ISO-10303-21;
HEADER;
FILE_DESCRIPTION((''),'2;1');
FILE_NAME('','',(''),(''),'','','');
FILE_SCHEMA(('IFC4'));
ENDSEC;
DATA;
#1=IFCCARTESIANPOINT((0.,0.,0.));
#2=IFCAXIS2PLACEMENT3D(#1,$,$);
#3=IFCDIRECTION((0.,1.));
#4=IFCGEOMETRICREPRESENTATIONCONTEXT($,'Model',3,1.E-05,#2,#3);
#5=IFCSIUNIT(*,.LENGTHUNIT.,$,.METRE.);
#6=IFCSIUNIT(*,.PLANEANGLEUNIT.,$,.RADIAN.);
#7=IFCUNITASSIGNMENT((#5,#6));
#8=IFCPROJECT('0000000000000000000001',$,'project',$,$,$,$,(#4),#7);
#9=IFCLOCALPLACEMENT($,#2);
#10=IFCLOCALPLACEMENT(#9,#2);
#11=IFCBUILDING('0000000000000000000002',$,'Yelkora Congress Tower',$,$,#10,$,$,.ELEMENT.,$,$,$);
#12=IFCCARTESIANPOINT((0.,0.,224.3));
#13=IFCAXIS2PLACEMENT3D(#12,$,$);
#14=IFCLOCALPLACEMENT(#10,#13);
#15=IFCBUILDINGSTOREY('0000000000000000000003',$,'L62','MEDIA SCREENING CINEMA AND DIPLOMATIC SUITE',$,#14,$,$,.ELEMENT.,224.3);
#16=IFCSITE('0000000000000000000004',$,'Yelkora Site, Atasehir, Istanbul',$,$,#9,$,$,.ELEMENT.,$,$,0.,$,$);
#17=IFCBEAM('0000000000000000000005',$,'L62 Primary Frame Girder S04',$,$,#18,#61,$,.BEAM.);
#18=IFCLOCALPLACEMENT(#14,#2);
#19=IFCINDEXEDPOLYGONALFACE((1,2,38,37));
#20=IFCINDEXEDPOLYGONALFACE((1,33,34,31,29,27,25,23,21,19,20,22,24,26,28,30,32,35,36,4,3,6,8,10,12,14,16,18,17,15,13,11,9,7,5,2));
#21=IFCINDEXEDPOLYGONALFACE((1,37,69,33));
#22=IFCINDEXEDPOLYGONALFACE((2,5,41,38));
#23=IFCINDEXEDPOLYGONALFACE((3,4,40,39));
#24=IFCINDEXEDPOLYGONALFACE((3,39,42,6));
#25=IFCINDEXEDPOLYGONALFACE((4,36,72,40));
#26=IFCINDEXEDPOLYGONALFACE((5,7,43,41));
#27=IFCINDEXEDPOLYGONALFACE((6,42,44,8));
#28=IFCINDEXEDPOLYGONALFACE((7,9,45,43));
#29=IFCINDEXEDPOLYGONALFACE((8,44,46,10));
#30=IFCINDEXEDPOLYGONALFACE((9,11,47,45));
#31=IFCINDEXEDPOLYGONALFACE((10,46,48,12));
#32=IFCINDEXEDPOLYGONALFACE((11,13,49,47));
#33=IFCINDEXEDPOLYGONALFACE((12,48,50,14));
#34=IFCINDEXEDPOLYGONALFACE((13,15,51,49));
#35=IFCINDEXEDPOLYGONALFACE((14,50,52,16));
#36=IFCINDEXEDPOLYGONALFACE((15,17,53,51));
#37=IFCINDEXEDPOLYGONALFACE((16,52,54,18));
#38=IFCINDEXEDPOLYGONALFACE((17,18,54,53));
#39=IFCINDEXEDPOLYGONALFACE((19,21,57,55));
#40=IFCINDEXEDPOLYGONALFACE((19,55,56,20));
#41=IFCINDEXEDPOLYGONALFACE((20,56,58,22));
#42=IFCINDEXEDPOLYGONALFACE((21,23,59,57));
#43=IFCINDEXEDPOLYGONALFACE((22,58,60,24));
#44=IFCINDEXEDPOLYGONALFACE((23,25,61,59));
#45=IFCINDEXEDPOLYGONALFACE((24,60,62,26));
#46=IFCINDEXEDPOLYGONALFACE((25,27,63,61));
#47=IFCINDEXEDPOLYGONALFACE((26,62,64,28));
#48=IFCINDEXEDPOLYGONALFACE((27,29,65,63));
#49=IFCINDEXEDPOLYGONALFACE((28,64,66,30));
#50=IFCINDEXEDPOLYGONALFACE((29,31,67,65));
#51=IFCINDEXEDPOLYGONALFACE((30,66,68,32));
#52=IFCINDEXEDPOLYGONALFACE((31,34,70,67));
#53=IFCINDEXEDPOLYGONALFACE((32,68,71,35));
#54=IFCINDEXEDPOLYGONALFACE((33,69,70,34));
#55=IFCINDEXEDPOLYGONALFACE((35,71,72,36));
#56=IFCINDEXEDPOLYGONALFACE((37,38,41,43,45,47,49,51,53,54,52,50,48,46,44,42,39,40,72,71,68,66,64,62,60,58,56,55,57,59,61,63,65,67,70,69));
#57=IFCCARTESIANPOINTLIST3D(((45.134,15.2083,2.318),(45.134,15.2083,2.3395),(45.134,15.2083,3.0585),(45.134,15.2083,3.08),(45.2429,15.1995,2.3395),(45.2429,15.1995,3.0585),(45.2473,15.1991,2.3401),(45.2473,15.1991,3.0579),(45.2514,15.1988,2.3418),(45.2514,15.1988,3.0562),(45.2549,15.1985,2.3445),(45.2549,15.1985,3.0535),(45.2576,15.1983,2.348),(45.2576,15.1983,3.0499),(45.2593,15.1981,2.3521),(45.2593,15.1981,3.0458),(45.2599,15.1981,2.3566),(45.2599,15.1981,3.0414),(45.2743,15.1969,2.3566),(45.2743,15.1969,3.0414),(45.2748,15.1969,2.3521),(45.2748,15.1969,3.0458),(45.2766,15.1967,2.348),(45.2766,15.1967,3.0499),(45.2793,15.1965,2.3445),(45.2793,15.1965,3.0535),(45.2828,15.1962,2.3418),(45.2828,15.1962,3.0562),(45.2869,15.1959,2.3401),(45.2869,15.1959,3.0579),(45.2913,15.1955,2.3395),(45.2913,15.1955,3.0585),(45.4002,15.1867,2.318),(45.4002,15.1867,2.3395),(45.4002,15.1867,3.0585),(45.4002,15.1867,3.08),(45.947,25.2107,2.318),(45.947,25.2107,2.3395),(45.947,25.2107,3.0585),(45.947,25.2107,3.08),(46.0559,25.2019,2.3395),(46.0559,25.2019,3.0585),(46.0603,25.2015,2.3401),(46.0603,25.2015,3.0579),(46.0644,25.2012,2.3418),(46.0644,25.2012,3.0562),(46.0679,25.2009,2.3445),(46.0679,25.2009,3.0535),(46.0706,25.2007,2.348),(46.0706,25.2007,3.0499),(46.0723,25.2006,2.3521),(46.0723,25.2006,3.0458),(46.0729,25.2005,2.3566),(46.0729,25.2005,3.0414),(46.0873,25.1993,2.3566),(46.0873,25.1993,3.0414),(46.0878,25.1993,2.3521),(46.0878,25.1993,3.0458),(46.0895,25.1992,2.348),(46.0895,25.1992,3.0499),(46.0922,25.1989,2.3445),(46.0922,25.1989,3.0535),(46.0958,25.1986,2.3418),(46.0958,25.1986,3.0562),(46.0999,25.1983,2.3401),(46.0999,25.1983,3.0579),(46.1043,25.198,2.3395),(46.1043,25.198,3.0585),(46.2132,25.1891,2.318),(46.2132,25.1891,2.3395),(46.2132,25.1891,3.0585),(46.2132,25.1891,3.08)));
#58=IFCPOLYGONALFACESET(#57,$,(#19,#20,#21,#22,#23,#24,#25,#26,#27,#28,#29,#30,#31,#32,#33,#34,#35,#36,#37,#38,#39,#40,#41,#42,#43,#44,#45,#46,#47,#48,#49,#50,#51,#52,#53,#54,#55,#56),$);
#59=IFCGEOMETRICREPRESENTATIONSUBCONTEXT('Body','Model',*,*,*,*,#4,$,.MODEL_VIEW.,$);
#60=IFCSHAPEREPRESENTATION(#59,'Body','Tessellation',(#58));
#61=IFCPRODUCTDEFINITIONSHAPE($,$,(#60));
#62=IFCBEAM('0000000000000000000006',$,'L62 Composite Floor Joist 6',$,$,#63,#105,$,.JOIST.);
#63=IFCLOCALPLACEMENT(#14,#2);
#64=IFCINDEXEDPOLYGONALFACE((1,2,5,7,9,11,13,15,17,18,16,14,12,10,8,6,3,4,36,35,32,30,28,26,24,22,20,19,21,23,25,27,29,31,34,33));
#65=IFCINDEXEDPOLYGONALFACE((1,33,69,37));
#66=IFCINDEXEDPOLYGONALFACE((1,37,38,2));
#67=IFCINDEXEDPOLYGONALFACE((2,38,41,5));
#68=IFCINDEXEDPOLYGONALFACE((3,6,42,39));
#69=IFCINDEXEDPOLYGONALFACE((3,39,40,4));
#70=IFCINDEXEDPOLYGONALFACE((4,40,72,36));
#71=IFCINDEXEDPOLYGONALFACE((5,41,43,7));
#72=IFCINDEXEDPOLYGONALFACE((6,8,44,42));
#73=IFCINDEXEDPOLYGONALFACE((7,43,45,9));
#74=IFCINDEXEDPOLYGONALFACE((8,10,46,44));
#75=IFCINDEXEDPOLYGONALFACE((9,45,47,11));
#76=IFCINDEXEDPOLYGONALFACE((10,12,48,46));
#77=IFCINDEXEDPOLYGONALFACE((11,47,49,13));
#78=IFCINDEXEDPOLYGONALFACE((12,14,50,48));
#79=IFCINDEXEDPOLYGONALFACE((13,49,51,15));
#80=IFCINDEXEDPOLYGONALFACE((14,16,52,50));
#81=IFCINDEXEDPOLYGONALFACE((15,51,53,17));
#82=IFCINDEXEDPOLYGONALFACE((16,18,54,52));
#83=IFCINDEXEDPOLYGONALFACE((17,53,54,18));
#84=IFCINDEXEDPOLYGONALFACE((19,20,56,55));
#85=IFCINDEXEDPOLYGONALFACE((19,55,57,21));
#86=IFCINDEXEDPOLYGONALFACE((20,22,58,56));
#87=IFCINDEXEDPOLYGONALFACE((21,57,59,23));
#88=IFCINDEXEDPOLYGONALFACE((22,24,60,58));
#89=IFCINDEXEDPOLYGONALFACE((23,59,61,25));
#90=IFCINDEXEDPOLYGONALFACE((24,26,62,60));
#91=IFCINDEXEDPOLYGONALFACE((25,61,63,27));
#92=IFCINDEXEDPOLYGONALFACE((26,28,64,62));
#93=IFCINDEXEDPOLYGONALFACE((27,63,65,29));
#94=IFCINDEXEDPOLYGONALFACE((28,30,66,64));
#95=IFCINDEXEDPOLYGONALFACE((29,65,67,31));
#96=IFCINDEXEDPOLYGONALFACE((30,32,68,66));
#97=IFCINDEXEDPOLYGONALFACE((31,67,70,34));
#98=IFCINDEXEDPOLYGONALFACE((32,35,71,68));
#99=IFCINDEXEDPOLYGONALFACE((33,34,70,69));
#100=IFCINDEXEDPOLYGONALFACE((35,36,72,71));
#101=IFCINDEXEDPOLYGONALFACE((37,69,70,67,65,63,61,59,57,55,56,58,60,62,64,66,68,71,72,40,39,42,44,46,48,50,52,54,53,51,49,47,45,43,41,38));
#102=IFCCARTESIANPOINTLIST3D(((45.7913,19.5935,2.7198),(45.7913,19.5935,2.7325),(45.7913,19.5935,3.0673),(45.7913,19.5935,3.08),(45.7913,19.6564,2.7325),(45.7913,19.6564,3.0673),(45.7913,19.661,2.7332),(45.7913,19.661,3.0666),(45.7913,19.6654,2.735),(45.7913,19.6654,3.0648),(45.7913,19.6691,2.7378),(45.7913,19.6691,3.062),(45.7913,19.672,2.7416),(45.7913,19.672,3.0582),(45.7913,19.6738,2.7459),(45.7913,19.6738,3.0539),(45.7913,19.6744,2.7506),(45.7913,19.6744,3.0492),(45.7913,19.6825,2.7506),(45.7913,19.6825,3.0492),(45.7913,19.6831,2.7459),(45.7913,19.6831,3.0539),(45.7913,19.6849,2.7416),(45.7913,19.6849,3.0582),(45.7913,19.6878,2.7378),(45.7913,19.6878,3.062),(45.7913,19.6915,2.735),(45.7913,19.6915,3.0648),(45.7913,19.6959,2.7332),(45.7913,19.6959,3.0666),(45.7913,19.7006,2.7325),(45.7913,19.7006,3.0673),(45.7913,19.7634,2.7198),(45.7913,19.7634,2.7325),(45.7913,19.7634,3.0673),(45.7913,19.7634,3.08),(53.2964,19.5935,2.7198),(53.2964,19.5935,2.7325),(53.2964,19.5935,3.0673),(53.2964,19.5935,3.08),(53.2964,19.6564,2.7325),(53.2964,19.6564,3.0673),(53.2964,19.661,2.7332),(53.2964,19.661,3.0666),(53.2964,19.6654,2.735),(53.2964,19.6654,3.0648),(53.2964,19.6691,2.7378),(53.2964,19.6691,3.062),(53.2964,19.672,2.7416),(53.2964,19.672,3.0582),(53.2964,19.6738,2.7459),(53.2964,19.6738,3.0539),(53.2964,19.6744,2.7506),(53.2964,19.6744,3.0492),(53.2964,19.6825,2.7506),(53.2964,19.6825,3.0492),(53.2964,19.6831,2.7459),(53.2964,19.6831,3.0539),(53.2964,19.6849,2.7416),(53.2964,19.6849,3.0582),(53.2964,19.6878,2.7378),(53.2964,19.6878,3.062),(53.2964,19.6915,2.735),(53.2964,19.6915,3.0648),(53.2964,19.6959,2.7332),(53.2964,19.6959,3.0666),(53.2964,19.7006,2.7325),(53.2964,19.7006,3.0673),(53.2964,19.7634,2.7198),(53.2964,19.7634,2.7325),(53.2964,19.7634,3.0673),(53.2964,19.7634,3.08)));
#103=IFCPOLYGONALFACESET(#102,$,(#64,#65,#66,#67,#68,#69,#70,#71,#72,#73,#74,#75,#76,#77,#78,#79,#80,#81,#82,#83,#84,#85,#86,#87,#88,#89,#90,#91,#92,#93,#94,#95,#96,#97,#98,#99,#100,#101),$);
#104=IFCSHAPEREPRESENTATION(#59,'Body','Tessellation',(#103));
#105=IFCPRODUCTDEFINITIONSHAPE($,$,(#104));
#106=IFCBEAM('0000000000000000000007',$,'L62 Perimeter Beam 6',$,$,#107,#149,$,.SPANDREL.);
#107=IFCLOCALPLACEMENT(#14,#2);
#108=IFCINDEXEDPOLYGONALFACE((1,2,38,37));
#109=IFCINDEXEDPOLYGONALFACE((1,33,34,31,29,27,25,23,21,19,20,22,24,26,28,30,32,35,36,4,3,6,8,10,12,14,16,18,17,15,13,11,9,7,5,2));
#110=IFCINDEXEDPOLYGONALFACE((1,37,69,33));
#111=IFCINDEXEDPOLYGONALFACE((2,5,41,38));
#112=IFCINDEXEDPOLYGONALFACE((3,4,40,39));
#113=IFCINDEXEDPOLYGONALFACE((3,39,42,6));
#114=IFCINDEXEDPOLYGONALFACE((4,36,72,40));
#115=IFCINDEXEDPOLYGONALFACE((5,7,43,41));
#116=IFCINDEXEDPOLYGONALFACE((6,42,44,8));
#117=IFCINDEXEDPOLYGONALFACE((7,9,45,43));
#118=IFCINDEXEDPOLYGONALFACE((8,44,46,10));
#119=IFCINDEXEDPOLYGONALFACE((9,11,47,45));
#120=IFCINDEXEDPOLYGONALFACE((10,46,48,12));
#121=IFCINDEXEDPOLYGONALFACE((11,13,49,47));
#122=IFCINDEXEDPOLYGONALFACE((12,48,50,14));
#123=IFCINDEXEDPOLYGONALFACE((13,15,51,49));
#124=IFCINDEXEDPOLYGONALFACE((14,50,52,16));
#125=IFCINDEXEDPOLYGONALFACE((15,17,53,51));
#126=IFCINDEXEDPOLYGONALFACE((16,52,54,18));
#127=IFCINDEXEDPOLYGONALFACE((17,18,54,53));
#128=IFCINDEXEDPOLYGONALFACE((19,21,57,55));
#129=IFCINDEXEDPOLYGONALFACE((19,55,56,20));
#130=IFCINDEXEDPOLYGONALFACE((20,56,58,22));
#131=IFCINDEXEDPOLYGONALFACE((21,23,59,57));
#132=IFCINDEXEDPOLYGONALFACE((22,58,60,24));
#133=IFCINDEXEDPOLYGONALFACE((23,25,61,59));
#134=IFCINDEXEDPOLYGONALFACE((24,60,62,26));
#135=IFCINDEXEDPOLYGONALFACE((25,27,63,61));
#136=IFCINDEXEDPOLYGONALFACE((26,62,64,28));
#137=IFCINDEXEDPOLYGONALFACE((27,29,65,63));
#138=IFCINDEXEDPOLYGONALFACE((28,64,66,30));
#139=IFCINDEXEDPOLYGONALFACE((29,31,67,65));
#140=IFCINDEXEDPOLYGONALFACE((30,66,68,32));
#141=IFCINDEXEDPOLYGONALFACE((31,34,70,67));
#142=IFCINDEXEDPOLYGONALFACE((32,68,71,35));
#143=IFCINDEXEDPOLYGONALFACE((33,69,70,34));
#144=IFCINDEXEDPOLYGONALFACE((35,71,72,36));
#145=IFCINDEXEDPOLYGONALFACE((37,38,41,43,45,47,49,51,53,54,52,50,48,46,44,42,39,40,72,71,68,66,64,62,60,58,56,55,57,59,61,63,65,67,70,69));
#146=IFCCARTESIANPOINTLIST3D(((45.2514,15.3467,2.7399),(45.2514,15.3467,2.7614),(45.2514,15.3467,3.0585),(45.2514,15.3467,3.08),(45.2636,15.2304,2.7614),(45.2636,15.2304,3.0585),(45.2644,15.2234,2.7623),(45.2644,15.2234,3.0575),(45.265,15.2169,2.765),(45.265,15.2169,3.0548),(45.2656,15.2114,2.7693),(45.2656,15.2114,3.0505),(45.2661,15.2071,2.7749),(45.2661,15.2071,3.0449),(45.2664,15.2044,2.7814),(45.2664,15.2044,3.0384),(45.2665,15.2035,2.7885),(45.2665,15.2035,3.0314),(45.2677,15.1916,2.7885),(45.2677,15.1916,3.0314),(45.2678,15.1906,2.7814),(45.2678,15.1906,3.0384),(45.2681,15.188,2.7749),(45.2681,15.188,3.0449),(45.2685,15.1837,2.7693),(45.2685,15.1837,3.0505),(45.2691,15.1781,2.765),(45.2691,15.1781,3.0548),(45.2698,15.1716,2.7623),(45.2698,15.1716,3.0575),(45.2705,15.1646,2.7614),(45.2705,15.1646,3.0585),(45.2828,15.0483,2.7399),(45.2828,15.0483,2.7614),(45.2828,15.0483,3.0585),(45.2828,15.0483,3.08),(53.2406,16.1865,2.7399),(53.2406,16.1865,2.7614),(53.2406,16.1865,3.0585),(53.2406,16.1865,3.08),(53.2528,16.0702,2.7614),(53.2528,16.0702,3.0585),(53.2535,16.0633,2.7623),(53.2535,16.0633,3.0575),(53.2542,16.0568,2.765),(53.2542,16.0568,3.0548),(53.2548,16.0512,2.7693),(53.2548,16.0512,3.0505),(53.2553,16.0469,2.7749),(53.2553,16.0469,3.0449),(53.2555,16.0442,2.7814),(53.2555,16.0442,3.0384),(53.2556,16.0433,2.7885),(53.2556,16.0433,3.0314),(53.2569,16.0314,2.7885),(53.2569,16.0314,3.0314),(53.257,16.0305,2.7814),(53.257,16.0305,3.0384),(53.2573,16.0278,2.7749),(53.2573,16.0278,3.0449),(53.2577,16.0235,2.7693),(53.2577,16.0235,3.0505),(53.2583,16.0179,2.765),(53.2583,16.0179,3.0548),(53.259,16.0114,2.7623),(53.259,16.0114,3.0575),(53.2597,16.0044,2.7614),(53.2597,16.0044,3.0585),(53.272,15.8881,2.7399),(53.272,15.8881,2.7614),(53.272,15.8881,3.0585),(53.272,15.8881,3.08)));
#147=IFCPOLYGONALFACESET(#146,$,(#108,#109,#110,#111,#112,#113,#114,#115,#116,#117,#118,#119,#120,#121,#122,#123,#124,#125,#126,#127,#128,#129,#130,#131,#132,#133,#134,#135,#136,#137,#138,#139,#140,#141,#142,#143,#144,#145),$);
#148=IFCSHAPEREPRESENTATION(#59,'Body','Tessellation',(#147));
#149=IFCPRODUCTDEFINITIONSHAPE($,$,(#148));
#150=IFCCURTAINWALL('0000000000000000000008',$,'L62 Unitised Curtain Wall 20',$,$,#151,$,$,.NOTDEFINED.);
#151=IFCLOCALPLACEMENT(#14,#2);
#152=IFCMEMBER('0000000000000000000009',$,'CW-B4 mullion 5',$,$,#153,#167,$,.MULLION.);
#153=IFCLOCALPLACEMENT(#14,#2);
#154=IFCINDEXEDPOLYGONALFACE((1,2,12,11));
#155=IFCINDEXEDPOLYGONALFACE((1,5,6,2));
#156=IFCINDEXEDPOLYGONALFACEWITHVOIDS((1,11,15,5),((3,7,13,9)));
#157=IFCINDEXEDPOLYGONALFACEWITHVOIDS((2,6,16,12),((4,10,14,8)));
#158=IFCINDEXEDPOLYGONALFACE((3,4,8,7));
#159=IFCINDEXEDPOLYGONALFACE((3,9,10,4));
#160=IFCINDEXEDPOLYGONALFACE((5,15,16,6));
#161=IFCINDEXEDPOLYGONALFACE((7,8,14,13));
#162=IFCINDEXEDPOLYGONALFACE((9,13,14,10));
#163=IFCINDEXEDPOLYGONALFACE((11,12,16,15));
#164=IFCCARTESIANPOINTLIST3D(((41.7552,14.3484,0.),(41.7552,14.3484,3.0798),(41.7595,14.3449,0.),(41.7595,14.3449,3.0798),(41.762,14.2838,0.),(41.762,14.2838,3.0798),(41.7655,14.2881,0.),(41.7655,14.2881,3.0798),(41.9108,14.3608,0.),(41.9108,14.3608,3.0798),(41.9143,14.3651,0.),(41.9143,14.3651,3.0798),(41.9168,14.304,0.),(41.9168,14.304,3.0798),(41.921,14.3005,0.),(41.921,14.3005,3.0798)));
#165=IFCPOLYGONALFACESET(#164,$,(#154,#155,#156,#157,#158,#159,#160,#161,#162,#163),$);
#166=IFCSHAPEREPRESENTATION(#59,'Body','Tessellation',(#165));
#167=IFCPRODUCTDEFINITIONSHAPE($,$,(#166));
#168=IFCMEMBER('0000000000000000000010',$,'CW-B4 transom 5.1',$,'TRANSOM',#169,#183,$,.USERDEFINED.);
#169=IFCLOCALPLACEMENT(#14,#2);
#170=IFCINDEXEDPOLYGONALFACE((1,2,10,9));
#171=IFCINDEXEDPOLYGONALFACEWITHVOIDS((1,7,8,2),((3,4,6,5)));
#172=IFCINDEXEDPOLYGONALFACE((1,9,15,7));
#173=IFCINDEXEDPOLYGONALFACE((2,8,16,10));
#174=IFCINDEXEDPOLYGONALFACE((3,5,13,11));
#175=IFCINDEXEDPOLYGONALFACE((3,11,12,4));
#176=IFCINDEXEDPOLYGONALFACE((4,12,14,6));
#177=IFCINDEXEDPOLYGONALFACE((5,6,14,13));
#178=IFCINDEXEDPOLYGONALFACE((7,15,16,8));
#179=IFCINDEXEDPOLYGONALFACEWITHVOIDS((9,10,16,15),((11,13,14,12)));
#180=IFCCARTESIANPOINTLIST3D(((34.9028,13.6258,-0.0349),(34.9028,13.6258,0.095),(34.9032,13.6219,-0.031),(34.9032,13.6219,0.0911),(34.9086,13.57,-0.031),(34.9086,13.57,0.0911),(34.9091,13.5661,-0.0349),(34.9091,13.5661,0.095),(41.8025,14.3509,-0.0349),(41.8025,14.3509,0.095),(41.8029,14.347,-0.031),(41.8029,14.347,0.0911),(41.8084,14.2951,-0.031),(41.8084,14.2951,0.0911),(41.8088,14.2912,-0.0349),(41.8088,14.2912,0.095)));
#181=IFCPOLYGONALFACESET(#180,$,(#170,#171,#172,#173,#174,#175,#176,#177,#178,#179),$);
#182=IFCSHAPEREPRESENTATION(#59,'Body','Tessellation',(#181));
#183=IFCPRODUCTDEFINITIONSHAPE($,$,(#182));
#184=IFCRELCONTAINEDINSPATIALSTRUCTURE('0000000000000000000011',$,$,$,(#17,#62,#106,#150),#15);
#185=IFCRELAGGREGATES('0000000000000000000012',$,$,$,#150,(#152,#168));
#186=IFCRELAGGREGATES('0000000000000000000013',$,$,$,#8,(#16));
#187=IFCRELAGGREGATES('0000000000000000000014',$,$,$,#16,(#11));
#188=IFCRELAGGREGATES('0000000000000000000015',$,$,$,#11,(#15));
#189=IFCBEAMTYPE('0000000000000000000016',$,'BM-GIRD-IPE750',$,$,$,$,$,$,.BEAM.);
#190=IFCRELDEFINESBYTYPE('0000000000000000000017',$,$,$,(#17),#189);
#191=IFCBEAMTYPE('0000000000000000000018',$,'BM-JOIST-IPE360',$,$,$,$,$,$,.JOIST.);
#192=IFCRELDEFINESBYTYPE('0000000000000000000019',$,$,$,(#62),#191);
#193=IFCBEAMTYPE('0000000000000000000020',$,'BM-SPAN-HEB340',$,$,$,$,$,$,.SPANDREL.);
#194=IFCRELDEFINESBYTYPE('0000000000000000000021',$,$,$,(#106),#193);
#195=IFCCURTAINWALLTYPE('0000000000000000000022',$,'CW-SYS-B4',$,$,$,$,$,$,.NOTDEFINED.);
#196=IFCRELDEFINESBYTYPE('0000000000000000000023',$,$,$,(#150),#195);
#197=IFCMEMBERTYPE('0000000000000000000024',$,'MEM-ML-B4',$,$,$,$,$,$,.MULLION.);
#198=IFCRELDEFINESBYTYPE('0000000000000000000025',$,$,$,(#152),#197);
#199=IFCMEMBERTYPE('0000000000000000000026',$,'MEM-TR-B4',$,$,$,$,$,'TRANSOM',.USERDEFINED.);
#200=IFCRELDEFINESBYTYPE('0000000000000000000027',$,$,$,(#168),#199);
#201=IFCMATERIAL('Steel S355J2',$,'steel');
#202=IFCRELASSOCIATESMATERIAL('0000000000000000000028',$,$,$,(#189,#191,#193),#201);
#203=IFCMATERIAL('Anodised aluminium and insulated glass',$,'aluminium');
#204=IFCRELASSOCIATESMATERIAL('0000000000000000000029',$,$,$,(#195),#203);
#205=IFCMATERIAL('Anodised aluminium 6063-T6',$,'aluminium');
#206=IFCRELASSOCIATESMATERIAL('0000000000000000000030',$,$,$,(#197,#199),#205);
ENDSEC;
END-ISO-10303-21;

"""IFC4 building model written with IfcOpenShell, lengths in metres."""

from ifc_helpers import new_model, si_unit, direction, frame, origin, origin_2d, place, context, subcontext, project, spatial, hollow_rectangle, i_section, extrude, material, material_profile, profile_set, type_object, element, aggregate, save


model = new_model("IFC4")

# Units and contexts
model_context = context("Model", 3, precision=1e-05, world=origin(), true_north=direction((0.0, 1.0)))
body_context = subcontext(model_context, "Body", "Model", "MODEL_VIEW")
ifc_project = project(units=[si_unit("LENGTHUNIT", "METRE"), si_unit("PLANEANGLEUNIT", "RADIAN")], contexts=[model_context])

# Site, building, storey
site_placement = place(None, origin())
site = spatial("IfcSite", under=ifc_project, at=site_placement, Name="Yelkora Site, Atasehir, Istanbul", CompositionType="ELEMENT", RefElevation=0.0)
building_placement = place(site_placement, origin())
building = spatial("IfcBuilding", under=site, at=building_placement, Name="Yelkora Congress Tower", CompositionType="ELEMENT")
storey_placement = place(building_placement, frame((0.0, 0.0, 224.3)))
storey = spatial("IfcBuildingStorey", under=building, at=storey_placement, Name="L62", Description="MEDIA SCREENING CINEMA AND DIPLOMATIC SUITE", CompositionType="ELEMENT", Elevation=224.3)

# Shared definitions
ifc_material_1 = material(Name="Steel S355J2", Category="steel")

# Beams
ifc_material_profile_1 = material_profile(ifc_material_1, i_section(OverallWidth=0.2671, OverallDepth=0.762, WebThickness=0.0144, FlangeThickness=0.0215, FilletRadius=0.0171, at=origin_2d()), Name="IPE 750x173")
ifc_profile_set_1 = profile_set([ifc_material_profile_1], Name="Steel S355J2")
beam_type_1 = type_object("IfcBeamType", Name="BM-GIRD-IPE750", PredefinedType="BEAM", material=ifc_profile_set_1)
beam_1_placement = place(storey_placement, frame((45.2671, 15.1975, 2.699), z_axis=(0.081012, 0.996713, 0.0), x_axis=(-0.996713, 0.081012, 0.0)))
element("IfcBeam", 1, at=beam_1_placement, inside=storey, type_object=beam_type_1, Name="L62 Primary Frame Girder S04", PredefinedType="BEAM", context=body_context, shape_type="SweptSolid", body=[
    extrude(i_section(OverallWidth=0.2671, OverallDepth=0.762, WebThickness=0.0144, FlangeThickness=0.0215, FilletRadius=0.0171, at=origin_2d()), origin(), (0.0, 0.0, 1.0), 10.0354),
])
ifc_material_profile_2 = material_profile(ifc_material_1, i_section(OverallWidth=0.1699, OverallDepth=0.3601, WebThickness=0.0081, FlangeThickness=0.0127, FilletRadius=0.0181, at=origin_2d()), Name="IPE 360")
ifc_profile_set_2 = profile_set([ifc_material_profile_2], Name="Steel S355J2")
beam_type_2 = type_object("IfcBeamType", Name="BM-JOIST-IPE360", PredefinedType="JOIST", material=ifc_profile_set_2)
beam_2_placement = place(storey_placement, frame((45.7913, 19.6785, 2.8999), z_axis=(1.0, 0.0, 0.0), x_axis=(0.0, 1.0, 0.0)))
element("IfcBeam", 2, at=beam_2_placement, inside=storey, type_object=beam_type_2, Name="L62 Composite Floor Joist 6", PredefinedType="JOIST", context=body_context, shape_type="SweptSolid", body=[
    extrude(i_section(OverallWidth=0.1699, OverallDepth=0.3601, WebThickness=0.0081, FlangeThickness=0.0127, FilletRadius=0.0181, at=origin_2d()), origin(), (0.0, 0.0, 1.0), 7.5051),
])
ifc_material_profile_3 = material_profile(ifc_material_1, i_section(OverallWidth=0.3, OverallDepth=0.3401, WebThickness=0.012, FlangeThickness=0.0215, FilletRadius=0.0271, at=origin_2d()), Name="HEB 340")
ifc_profile_set_3 = profile_set([ifc_material_profile_3], Name="Steel S355J2")
beam_type_3 = type_object("IfcBeamType", Name="BM-SPAN-HEB340", PredefinedType="SPANDREL", material=ifc_profile_set_3)
beam_3_placement = place(storey_placement, frame((45.2671, 15.1975, 2.9099), z_axis=(0.99452, 0.104546, 0.0), x_axis=(-0.104546, 0.99452, 0.0)))
element("IfcBeam", 3, at=beam_3_placement, inside=storey, type_object=beam_type_3, Name="L62 Perimeter Beam 6", PredefinedType="SPANDREL", context=body_context, shape_type="SweptSolid", body=[
    extrude(i_section(OverallWidth=0.3, OverallDepth=0.3401, WebThickness=0.012, FlangeThickness=0.0215, FilletRadius=0.0271, at=origin_2d()), origin(), (0.0, 0.0, 1.0), 8.0332),
])

# Curtain wall, members
ifc_material_2 = material(Name="Anodised aluminium and insulated glass", Category="aluminium")
curtain_wall_type = type_object("IfcCurtainWallType", Name="CW-SYS-B4", PredefinedType="NOTDEFINED", material=ifc_material_2)
curtain_wall_placement = place(storey_placement, origin())
curtain_wall = element("IfcCurtainWall", 4, at=curtain_wall_placement, inside=storey, type_object=curtain_wall_type, Name="L62 Unitised Curtain Wall 20", PredefinedType="NOTDEFINED")
ifc_material_3 = material(Name="Anodised aluminium 6063-T6", Category="aluminium")
ifc_material_profile_4 = material_profile(ifc_material_3, hollow_rectangle(XDim=0.0649, YDim=0.1599, WallThickness=0.0039, at=origin_2d()), Name="ALU 65x160x4")
ifc_profile_set_4 = profile_set([ifc_material_profile_4], Name="Anodised aluminium 6063-T6")
member_type_1 = type_object("IfcMemberType", Name="MEM-ML-B4", PredefinedType="MULLION", material=ifc_profile_set_4)
member_1_placement = place(storey_placement, frame((41.8381, 14.3245, 0.0), z_axis=(0.0, 0.0, 1.0), x_axis=(0.104527, -0.994522, 0.0)))
member_1 = element("IfcMember", 5, at=member_1_placement, type_object=member_type_1, Name="CW-B4 mullion 5", PredefinedType="MULLION", context=body_context, shape_type="SweptSolid", body=[
    extrude(hollow_rectangle(XDim=0.0649, YDim=0.1599, WallThickness=0.0039, at=origin_2d()), origin(), (0.0, 0.0, 1.0), 3.0798),
])
ifc_material_profile_5 = material_profile(ifc_material_3, hollow_rectangle(XDim=0.0601, YDim=0.1299, WallThickness=0.0039, at=origin_2d()), Name="ALU 60x130x4")
ifc_profile_set_5 = profile_set([ifc_material_profile_5], Name="Anodised aluminium 6063-T6")
member_type_2 = type_object("IfcMemberType", Name="MEM-TR-B4", ElementType="TRANSOM", PredefinedType="USERDEFINED", material=ifc_profile_set_5)
member_2_placement = place(storey_placement, frame((41.8057, 14.321, 0.03), z_axis=(-0.994523, -0.104516, 0.0), x_axis=(0.104516, -0.994523, 0.0)))
member_2 = element("IfcMember", 6, at=member_2_placement, type_object=member_type_2, Name="CW-B4 transom 5.1", ObjectType="TRANSOM", PredefinedType="USERDEFINED", context=body_context, shape_type="SweptSolid", body=[
    extrude(hollow_rectangle(XDim=0.0601, YDim=0.1299, WallThickness=0.0039, at=origin_2d()), origin(), (0.0, 0.0, 1.0), 6.9377),
])
aggregate(curtain_wall, [member_1, member_2])

save(model, "model.ifc")
